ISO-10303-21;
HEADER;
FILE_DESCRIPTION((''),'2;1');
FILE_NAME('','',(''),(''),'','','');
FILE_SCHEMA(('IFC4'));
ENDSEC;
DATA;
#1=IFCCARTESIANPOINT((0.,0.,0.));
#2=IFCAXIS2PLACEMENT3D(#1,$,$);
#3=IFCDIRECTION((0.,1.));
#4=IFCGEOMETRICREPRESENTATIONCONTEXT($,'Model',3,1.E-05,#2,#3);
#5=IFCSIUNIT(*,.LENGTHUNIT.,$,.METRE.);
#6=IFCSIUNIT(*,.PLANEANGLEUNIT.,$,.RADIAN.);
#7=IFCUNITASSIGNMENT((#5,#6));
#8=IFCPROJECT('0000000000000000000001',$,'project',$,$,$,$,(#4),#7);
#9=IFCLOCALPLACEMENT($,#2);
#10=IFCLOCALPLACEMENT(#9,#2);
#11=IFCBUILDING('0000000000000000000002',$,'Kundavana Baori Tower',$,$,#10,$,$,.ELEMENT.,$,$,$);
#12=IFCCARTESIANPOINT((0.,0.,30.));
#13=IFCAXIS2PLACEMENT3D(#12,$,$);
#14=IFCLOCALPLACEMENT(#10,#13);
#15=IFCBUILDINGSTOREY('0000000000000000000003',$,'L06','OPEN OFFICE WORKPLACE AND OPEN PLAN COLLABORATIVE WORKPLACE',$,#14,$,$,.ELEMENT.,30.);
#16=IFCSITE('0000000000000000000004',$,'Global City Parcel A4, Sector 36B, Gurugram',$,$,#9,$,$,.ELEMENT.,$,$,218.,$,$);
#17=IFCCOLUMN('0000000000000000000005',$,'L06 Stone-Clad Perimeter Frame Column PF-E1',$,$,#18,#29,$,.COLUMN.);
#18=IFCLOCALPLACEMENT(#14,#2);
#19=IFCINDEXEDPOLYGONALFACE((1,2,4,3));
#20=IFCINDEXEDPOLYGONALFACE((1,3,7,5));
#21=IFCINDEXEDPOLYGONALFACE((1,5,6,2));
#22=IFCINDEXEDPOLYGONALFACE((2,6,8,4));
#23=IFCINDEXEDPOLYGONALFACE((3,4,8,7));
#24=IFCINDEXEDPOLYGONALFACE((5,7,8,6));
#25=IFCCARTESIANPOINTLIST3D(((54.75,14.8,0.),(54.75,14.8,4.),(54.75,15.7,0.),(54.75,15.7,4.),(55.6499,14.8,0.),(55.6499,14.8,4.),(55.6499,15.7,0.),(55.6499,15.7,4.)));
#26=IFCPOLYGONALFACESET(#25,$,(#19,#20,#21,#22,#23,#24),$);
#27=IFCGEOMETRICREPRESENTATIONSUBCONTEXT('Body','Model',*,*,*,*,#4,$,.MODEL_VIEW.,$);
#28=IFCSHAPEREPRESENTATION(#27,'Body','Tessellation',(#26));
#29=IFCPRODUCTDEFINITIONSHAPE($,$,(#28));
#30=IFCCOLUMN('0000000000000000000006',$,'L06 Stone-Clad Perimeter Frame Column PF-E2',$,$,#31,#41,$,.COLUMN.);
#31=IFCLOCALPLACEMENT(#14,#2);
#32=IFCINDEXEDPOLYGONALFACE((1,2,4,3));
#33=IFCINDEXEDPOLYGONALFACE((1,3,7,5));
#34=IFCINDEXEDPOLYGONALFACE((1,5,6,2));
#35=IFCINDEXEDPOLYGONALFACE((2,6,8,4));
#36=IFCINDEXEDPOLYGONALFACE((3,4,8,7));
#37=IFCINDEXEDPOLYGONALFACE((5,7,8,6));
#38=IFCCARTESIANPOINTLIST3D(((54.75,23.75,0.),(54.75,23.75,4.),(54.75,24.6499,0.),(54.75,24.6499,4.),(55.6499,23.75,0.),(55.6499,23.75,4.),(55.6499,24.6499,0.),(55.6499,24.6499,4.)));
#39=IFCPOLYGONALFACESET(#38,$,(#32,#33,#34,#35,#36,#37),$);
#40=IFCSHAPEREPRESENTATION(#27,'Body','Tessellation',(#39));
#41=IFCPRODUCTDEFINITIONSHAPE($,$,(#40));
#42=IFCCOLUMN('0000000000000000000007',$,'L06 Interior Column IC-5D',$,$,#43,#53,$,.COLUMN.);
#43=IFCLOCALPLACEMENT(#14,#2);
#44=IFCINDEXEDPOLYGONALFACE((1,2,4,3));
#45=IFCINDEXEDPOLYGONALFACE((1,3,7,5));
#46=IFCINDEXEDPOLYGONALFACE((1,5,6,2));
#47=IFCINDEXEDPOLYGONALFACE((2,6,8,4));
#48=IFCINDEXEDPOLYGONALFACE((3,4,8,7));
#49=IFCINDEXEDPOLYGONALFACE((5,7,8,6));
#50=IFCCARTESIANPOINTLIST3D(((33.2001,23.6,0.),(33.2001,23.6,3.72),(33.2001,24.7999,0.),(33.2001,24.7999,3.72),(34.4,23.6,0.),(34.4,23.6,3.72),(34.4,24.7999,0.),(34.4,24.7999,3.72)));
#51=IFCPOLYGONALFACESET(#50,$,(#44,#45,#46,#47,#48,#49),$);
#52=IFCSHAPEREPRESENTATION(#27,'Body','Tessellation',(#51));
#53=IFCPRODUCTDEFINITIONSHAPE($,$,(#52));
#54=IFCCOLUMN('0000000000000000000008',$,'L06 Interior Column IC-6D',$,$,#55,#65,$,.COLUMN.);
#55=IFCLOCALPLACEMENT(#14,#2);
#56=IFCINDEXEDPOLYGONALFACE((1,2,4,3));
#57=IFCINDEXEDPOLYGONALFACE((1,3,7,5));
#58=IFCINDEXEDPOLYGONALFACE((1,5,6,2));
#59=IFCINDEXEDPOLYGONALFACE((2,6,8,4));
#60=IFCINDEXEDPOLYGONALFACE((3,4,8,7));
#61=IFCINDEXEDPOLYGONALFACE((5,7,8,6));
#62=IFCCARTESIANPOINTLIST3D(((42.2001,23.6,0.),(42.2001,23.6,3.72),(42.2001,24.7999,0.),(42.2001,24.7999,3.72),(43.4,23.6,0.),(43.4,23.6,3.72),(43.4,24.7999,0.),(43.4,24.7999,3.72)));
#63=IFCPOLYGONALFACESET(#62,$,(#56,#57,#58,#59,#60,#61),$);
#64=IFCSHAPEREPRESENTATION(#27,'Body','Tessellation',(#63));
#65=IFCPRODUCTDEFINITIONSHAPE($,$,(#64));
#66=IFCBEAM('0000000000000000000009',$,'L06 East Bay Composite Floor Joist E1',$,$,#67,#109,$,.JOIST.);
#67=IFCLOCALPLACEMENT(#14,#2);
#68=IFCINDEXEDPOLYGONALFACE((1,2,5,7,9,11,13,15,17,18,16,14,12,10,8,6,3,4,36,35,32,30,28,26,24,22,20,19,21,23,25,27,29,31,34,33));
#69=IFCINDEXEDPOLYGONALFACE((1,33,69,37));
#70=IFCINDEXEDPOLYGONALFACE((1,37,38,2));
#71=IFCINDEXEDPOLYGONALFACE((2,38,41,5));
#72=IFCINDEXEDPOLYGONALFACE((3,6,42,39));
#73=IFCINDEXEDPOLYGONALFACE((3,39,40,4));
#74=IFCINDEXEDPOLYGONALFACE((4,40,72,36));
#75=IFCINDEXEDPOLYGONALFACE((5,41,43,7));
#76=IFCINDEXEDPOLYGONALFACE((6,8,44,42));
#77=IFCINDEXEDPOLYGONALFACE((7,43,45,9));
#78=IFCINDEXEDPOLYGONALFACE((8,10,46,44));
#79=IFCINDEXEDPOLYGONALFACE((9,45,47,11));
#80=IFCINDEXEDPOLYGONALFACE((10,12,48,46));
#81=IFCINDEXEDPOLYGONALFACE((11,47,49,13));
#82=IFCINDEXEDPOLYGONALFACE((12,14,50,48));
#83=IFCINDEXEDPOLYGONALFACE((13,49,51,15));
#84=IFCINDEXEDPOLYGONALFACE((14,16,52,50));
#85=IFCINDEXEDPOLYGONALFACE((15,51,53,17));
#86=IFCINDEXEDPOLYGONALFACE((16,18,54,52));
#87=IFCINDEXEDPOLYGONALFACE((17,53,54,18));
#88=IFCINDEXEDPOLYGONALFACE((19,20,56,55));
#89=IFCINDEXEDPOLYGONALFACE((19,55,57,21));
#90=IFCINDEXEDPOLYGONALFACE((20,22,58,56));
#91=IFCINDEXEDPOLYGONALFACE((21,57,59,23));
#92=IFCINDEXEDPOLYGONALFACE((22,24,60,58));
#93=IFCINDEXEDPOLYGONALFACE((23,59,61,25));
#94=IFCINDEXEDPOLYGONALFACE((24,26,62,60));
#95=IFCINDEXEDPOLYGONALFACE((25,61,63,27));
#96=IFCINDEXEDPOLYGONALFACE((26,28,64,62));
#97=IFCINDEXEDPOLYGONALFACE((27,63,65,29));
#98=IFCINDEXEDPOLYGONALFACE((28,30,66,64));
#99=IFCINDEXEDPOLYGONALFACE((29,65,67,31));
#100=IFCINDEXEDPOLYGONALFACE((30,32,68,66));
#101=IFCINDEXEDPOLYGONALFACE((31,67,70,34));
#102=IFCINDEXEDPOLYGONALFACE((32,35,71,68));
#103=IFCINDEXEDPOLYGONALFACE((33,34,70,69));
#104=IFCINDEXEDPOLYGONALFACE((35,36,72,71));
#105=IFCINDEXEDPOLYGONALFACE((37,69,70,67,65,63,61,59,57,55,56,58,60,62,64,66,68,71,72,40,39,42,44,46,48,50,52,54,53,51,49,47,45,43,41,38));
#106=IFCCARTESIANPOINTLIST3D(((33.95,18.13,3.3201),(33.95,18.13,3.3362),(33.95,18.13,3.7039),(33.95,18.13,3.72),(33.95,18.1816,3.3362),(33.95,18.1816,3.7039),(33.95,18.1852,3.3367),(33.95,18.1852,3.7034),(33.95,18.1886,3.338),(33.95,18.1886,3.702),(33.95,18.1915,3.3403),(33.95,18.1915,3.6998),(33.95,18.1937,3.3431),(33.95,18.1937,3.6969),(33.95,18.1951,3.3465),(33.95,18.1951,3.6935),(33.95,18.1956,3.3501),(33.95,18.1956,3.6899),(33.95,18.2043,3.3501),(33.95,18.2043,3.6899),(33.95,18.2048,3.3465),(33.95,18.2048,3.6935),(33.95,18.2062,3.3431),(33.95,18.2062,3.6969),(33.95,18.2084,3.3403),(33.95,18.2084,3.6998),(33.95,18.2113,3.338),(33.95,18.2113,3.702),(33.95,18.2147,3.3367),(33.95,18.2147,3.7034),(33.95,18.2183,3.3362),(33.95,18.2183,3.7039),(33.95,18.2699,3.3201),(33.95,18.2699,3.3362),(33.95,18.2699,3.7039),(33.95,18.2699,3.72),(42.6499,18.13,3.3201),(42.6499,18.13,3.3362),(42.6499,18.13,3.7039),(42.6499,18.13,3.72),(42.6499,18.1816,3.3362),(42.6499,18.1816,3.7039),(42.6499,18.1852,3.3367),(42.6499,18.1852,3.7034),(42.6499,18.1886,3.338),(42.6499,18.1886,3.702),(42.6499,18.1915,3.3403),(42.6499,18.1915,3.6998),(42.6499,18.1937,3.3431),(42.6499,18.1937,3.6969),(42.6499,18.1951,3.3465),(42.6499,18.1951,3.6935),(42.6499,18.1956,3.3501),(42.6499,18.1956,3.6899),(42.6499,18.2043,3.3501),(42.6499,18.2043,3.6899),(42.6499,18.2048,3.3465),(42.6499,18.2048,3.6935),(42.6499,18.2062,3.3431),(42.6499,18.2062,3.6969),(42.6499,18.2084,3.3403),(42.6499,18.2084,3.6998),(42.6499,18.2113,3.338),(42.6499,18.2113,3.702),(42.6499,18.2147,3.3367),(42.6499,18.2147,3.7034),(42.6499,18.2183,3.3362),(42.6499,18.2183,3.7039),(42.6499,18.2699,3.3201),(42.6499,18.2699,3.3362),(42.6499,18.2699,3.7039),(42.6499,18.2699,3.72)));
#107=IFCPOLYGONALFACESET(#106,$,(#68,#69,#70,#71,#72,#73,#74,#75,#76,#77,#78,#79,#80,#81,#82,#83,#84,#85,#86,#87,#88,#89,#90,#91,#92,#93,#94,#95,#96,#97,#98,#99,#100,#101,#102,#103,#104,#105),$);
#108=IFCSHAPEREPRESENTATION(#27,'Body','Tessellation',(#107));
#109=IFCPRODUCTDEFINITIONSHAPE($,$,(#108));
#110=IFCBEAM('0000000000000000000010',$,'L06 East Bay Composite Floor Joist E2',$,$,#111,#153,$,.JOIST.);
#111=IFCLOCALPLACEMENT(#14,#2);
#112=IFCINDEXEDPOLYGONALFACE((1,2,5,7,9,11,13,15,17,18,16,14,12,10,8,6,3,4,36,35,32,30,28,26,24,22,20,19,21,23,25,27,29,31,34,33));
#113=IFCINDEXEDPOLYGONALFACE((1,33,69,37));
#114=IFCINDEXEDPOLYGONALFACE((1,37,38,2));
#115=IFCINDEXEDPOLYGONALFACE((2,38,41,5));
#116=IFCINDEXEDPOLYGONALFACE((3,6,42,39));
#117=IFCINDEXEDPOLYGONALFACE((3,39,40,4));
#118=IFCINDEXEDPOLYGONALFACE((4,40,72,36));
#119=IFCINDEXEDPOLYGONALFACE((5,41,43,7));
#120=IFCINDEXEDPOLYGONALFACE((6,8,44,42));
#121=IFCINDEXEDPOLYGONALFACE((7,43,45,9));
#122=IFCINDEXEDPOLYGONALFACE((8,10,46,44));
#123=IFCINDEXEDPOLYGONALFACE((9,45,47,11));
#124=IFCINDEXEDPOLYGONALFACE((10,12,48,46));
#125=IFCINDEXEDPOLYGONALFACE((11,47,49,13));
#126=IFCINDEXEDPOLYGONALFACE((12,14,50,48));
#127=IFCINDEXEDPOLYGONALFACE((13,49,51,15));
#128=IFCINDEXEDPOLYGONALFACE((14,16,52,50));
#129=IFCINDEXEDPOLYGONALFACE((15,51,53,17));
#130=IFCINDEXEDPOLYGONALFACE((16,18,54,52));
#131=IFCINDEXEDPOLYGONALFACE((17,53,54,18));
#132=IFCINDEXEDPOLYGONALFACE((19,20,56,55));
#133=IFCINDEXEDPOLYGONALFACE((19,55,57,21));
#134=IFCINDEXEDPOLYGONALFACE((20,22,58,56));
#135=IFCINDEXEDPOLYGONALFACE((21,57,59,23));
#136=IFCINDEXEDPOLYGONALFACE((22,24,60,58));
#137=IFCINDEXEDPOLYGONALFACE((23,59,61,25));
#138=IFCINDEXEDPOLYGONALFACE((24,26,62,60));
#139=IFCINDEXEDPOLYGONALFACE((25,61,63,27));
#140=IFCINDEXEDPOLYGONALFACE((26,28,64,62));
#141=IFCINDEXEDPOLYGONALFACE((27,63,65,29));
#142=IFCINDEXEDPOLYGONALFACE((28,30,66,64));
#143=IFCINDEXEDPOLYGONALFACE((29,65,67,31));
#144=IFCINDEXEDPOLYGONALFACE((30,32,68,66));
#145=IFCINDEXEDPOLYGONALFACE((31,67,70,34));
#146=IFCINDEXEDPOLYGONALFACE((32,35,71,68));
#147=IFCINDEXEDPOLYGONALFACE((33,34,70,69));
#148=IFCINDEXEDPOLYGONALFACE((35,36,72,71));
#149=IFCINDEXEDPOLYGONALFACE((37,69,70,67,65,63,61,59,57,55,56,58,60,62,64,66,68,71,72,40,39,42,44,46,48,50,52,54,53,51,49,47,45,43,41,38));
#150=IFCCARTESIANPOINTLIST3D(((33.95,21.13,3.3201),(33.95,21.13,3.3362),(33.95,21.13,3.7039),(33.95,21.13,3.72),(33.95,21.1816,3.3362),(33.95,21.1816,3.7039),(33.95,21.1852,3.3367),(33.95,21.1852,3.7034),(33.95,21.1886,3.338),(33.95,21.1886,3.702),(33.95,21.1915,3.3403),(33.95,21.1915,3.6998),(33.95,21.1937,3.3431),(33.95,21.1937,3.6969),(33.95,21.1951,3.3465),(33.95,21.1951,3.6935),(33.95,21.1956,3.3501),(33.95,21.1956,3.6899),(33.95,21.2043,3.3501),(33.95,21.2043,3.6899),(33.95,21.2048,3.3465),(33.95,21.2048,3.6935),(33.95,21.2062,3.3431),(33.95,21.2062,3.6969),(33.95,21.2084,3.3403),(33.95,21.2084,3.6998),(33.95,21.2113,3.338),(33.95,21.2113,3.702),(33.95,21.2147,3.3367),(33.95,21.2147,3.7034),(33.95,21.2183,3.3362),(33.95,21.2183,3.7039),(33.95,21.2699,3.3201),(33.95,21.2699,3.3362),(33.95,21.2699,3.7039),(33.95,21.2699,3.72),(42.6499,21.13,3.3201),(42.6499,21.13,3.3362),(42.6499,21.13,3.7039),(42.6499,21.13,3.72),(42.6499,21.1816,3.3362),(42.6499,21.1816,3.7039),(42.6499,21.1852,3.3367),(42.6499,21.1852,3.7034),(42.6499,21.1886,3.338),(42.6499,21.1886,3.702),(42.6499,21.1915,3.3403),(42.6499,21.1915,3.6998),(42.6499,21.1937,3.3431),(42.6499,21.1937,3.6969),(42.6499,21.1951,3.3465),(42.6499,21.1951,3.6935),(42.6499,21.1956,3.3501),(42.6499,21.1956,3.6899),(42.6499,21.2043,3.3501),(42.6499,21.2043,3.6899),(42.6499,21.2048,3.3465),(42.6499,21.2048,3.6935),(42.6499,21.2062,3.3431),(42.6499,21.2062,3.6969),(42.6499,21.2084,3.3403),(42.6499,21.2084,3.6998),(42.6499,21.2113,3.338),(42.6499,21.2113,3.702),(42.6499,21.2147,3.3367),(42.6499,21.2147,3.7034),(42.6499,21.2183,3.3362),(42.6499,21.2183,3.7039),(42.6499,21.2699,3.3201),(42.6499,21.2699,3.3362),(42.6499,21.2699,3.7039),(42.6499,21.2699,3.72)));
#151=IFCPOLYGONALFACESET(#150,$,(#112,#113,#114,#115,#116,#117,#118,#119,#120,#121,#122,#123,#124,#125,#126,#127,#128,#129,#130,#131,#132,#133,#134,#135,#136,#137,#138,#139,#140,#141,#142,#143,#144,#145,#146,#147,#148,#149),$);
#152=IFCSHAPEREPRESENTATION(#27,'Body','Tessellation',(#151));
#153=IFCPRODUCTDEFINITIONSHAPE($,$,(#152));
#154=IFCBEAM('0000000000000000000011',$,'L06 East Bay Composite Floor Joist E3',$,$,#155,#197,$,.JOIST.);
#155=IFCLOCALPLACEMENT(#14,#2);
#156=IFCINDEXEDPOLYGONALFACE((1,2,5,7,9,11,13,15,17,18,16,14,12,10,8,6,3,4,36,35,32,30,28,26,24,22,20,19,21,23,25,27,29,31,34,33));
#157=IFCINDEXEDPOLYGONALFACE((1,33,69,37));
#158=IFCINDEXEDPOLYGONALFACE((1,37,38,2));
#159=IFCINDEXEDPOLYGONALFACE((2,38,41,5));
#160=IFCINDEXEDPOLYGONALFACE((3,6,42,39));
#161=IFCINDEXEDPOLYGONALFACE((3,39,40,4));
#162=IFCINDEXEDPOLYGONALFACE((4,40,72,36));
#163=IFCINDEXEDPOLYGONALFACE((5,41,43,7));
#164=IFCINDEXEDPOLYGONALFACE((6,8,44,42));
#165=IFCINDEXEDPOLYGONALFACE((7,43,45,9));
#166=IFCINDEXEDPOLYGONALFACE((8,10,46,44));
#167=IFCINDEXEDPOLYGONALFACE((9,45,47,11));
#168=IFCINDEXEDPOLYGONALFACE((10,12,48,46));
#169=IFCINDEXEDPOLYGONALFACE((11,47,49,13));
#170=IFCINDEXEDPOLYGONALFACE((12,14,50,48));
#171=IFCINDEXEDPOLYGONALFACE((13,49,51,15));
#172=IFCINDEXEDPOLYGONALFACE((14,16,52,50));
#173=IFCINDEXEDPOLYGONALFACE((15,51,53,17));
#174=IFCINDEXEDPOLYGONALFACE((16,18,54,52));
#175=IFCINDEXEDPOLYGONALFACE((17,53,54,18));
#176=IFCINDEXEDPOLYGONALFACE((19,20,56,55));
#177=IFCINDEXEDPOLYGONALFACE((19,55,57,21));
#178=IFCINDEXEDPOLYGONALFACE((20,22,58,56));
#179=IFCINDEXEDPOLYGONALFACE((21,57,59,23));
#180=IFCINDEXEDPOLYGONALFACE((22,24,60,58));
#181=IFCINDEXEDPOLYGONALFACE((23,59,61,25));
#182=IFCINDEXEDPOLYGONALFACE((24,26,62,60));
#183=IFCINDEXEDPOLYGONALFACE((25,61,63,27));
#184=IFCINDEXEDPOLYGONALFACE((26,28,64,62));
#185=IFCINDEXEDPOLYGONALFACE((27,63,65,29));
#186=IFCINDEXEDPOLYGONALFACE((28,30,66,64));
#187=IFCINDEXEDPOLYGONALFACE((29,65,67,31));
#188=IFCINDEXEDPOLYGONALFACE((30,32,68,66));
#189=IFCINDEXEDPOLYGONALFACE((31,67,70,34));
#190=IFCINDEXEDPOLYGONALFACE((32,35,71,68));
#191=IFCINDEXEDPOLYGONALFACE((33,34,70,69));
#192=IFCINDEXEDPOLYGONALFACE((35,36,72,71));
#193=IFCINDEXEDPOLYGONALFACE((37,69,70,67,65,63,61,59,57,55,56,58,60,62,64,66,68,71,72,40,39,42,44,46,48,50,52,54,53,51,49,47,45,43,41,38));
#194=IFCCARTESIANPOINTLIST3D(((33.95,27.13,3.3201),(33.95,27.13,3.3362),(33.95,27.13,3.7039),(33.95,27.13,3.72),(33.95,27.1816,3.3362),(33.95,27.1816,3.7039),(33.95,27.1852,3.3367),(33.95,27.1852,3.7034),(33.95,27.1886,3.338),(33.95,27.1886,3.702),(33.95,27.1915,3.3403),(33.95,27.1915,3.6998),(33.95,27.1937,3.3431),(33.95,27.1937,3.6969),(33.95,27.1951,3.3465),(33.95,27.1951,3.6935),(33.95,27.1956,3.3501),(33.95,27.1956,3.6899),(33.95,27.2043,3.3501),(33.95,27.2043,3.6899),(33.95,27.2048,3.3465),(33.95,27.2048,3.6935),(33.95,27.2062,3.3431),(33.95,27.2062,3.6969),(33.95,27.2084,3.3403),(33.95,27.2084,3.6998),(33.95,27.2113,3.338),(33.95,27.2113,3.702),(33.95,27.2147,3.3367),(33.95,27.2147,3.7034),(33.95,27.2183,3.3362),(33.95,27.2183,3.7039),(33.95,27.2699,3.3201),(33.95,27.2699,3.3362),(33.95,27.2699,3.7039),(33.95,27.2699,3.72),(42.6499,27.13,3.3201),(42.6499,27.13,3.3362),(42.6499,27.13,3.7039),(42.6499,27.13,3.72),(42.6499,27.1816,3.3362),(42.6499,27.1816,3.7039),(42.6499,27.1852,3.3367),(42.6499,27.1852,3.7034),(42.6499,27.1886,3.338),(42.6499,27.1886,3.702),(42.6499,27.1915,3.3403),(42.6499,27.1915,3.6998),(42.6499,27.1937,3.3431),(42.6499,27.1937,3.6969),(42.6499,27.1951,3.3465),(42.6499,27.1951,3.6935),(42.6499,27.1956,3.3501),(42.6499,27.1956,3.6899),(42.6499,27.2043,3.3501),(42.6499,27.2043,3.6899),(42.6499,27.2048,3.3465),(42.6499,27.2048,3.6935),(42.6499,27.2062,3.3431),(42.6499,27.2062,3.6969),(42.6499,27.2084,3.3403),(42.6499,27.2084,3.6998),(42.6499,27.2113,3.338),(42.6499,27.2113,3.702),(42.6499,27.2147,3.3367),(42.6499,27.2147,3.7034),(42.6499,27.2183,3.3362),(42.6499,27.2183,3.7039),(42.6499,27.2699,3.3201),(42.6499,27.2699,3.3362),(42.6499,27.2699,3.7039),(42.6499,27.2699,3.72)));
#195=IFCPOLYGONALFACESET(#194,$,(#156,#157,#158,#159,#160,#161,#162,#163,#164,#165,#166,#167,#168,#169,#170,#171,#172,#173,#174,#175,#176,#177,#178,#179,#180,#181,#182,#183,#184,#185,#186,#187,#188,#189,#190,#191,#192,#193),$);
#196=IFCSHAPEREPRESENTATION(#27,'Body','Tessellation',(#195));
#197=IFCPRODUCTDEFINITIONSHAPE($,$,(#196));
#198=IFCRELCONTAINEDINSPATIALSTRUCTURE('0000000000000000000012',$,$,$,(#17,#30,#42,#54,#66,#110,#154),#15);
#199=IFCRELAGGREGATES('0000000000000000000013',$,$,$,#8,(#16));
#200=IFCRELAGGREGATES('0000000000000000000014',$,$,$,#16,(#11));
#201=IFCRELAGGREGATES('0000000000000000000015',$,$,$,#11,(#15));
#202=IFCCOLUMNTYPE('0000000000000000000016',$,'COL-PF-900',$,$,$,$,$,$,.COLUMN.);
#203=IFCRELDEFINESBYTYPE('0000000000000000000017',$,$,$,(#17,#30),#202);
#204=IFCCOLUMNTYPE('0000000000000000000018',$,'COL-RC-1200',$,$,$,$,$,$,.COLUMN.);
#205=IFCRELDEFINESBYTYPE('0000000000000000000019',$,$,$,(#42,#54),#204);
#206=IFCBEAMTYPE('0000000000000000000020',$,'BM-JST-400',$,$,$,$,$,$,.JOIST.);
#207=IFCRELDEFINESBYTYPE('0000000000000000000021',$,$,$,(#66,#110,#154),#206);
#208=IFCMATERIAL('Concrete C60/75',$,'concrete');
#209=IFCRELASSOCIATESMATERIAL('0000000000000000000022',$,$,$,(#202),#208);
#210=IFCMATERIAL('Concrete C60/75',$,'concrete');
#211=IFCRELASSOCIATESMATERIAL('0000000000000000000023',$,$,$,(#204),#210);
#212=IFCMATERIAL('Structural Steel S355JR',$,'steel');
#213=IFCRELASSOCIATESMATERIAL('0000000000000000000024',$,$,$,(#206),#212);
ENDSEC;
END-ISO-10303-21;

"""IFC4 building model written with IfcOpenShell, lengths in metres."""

from ifc_helpers import new_model, si_unit, direction, frame, origin, origin_2d, place, context, subcontext, project, spatial, rectangle, i_section, extrude, material, material_profile, profile_set, type_object, element, save


model = new_model("IFC4")

# Units and contexts
model_context = context("Model", 3, precision=1e-05, world=origin(), true_north=direction((0.0, 1.0)))
body_context = subcontext(model_context, "Body", "Model", "MODEL_VIEW")
ifc_project = project(units=[si_unit("LENGTHUNIT", "METRE"), si_unit("PLANEANGLEUNIT", "RADIAN")], contexts=[model_context])

# Site, building, storey
site_placement = place(None, origin())
site = spatial("IfcSite", under=ifc_project, at=site_placement, Name="Global City Parcel A4, Sector 36B, Gurugram", CompositionType="ELEMENT", RefElevation=218.0)
building_placement = place(site_placement, origin())
building = spatial("IfcBuilding", under=site, at=building_placement, Name="Kundavana Baori Tower", CompositionType="ELEMENT")
storey_placement = place(building_placement, frame((0.0, 0.0, 30.0)))
storey = spatial("IfcBuildingStorey", under=building, at=storey_placement, Name="L06", Description="OPEN OFFICE WORKPLACE AND OPEN PLAN COLLABORATIVE WORKPLACE", CompositionType="ELEMENT", Elevation=30.0)

# Columns
ifc_material_1 = material(Name="Concrete C60/75", Category="concrete")
ifc_material_profile_1 = material_profile(ifc_material_1, rectangle(XDim=0.8999, YDim=0.8999, at=origin_2d()), Name="RC PF 900x900")
ifc_profile_set_1 = profile_set([ifc_material_profile_1], Name="Concrete C60/75")
column_type_1 = type_object("IfcColumnType", Name="COL-PF-900", PredefinedType="COLUMN", material=ifc_profile_set_1)
for number, where, z_axis, x_axis, name in (
    (1, (55.2, 15.25, 0.0), (0.0, 0.0, 1.0), (1.0, 0.0, 0.0), "L06 Stone-Clad Perimeter Frame Column PF-E1"),
    (2, (55.2, 24.2, 0.0), (0.0, 0.0, 1.0), (1.0, 0.0, 0.0), "L06 Stone-Clad Perimeter Frame Column PF-E2"),
):
    element("IfcColumn", number, at=place(storey_placement, frame(where, z_axis=z_axis, x_axis=x_axis)), inside=storey, type_object=column_type_1, Name=name, PredefinedType="COLUMN", context=body_context, shape_type="SweptSolid", body=[
        extrude(rectangle(XDim=0.8999, YDim=0.8999, at=origin_2d()), origin(), (0.0, 0.0, 1.0), 4.0),
    ])
ifc_material_2 = material(Name="Concrete C60/75", Category="concrete")
ifc_material_profile_2 = material_profile(ifc_material_2, rectangle(XDim=1.2, YDim=1.2, at=origin_2d()), Name="RC 1200x1200")
ifc_profile_set_2 = profile_set([ifc_material_profile_2], Name="Concrete C60/75")
column_type_2 = type_object("IfcColumnType", Name="COL-RC-1200", PredefinedType="COLUMN", material=ifc_profile_set_2)
for number, where, z_axis, x_axis, name in (
    (3, (33.8, 24.2, 0.0), (0.0, 0.0, 1.0), (1.0, 0.0, 0.0), "L06 Interior Column IC-5D"),
    (4, (42.8, 24.2, 0.0), (0.0, 0.0, 1.0), (1.0, 0.0, 0.0), "L06 Interior Column IC-6D"),
):
    element("IfcColumn", number, at=place(storey_placement, frame(where, z_axis=z_axis, x_axis=x_axis)), inside=storey, type_object=column_type_2, Name=name, PredefinedType="COLUMN", context=body_context, shape_type="SweptSolid", body=[
        extrude(rectangle(XDim=1.2, YDim=1.2, at=origin_2d()), origin(), (0.0, 0.0, 1.0), 3.72),
    ])

# Beams
ifc_material_3 = material(Name="Structural Steel S355JR", Category="steel")
ifc_material_profile_3 = material_profile(ifc_material_3, i_section(OverallWidth=0.1399, OverallDepth=0.3999, WebThickness=0.0088, FlangeThickness=0.0161, FilletRadius=0.0139, at=origin_2d()), Name="ISMB 400")
ifc_profile_set_3 = profile_set([ifc_material_profile_3], Name="Structural Steel S355JR")
beam_type_1 = type_object("IfcBeamType", Name="BM-JST-400", PredefinedType="JOIST", material=ifc_profile_set_3)
for number, where, z_axis, x_axis, name in (
    (5, (33.95, 18.2, 3.52), (1.0, 0.0, 0.0), (0.0, 1.0, 0.0), "L06 East Bay Composite Floor Joist E1"),
    (6, (33.95, 21.2, 3.52), (1.0, 0.0, 0.0), (0.0, 1.0, 0.0), "L06 East Bay Composite Floor Joist E2"),
    (7, (33.95, 27.2, 3.52), (1.0, 0.0, 0.0), (0.0, 1.0, 0.0), "L06 East Bay Composite Floor Joist E3"),
):
    element("IfcBeam", number, at=place(storey_placement, frame(where, z_axis=z_axis, x_axis=x_axis)), inside=storey, type_object=beam_type_1, Name=name, PredefinedType="JOIST", context=body_context, shape_type="SweptSolid", body=[
        extrude(i_section(OverallWidth=0.1399, OverallDepth=0.3999, WebThickness=0.0088, FlangeThickness=0.0161, FilletRadius=0.0139, at=origin_2d()), origin(), (0.0, 0.0, 1.0), 8.7),
    ])

save(model, "model.ifc")
